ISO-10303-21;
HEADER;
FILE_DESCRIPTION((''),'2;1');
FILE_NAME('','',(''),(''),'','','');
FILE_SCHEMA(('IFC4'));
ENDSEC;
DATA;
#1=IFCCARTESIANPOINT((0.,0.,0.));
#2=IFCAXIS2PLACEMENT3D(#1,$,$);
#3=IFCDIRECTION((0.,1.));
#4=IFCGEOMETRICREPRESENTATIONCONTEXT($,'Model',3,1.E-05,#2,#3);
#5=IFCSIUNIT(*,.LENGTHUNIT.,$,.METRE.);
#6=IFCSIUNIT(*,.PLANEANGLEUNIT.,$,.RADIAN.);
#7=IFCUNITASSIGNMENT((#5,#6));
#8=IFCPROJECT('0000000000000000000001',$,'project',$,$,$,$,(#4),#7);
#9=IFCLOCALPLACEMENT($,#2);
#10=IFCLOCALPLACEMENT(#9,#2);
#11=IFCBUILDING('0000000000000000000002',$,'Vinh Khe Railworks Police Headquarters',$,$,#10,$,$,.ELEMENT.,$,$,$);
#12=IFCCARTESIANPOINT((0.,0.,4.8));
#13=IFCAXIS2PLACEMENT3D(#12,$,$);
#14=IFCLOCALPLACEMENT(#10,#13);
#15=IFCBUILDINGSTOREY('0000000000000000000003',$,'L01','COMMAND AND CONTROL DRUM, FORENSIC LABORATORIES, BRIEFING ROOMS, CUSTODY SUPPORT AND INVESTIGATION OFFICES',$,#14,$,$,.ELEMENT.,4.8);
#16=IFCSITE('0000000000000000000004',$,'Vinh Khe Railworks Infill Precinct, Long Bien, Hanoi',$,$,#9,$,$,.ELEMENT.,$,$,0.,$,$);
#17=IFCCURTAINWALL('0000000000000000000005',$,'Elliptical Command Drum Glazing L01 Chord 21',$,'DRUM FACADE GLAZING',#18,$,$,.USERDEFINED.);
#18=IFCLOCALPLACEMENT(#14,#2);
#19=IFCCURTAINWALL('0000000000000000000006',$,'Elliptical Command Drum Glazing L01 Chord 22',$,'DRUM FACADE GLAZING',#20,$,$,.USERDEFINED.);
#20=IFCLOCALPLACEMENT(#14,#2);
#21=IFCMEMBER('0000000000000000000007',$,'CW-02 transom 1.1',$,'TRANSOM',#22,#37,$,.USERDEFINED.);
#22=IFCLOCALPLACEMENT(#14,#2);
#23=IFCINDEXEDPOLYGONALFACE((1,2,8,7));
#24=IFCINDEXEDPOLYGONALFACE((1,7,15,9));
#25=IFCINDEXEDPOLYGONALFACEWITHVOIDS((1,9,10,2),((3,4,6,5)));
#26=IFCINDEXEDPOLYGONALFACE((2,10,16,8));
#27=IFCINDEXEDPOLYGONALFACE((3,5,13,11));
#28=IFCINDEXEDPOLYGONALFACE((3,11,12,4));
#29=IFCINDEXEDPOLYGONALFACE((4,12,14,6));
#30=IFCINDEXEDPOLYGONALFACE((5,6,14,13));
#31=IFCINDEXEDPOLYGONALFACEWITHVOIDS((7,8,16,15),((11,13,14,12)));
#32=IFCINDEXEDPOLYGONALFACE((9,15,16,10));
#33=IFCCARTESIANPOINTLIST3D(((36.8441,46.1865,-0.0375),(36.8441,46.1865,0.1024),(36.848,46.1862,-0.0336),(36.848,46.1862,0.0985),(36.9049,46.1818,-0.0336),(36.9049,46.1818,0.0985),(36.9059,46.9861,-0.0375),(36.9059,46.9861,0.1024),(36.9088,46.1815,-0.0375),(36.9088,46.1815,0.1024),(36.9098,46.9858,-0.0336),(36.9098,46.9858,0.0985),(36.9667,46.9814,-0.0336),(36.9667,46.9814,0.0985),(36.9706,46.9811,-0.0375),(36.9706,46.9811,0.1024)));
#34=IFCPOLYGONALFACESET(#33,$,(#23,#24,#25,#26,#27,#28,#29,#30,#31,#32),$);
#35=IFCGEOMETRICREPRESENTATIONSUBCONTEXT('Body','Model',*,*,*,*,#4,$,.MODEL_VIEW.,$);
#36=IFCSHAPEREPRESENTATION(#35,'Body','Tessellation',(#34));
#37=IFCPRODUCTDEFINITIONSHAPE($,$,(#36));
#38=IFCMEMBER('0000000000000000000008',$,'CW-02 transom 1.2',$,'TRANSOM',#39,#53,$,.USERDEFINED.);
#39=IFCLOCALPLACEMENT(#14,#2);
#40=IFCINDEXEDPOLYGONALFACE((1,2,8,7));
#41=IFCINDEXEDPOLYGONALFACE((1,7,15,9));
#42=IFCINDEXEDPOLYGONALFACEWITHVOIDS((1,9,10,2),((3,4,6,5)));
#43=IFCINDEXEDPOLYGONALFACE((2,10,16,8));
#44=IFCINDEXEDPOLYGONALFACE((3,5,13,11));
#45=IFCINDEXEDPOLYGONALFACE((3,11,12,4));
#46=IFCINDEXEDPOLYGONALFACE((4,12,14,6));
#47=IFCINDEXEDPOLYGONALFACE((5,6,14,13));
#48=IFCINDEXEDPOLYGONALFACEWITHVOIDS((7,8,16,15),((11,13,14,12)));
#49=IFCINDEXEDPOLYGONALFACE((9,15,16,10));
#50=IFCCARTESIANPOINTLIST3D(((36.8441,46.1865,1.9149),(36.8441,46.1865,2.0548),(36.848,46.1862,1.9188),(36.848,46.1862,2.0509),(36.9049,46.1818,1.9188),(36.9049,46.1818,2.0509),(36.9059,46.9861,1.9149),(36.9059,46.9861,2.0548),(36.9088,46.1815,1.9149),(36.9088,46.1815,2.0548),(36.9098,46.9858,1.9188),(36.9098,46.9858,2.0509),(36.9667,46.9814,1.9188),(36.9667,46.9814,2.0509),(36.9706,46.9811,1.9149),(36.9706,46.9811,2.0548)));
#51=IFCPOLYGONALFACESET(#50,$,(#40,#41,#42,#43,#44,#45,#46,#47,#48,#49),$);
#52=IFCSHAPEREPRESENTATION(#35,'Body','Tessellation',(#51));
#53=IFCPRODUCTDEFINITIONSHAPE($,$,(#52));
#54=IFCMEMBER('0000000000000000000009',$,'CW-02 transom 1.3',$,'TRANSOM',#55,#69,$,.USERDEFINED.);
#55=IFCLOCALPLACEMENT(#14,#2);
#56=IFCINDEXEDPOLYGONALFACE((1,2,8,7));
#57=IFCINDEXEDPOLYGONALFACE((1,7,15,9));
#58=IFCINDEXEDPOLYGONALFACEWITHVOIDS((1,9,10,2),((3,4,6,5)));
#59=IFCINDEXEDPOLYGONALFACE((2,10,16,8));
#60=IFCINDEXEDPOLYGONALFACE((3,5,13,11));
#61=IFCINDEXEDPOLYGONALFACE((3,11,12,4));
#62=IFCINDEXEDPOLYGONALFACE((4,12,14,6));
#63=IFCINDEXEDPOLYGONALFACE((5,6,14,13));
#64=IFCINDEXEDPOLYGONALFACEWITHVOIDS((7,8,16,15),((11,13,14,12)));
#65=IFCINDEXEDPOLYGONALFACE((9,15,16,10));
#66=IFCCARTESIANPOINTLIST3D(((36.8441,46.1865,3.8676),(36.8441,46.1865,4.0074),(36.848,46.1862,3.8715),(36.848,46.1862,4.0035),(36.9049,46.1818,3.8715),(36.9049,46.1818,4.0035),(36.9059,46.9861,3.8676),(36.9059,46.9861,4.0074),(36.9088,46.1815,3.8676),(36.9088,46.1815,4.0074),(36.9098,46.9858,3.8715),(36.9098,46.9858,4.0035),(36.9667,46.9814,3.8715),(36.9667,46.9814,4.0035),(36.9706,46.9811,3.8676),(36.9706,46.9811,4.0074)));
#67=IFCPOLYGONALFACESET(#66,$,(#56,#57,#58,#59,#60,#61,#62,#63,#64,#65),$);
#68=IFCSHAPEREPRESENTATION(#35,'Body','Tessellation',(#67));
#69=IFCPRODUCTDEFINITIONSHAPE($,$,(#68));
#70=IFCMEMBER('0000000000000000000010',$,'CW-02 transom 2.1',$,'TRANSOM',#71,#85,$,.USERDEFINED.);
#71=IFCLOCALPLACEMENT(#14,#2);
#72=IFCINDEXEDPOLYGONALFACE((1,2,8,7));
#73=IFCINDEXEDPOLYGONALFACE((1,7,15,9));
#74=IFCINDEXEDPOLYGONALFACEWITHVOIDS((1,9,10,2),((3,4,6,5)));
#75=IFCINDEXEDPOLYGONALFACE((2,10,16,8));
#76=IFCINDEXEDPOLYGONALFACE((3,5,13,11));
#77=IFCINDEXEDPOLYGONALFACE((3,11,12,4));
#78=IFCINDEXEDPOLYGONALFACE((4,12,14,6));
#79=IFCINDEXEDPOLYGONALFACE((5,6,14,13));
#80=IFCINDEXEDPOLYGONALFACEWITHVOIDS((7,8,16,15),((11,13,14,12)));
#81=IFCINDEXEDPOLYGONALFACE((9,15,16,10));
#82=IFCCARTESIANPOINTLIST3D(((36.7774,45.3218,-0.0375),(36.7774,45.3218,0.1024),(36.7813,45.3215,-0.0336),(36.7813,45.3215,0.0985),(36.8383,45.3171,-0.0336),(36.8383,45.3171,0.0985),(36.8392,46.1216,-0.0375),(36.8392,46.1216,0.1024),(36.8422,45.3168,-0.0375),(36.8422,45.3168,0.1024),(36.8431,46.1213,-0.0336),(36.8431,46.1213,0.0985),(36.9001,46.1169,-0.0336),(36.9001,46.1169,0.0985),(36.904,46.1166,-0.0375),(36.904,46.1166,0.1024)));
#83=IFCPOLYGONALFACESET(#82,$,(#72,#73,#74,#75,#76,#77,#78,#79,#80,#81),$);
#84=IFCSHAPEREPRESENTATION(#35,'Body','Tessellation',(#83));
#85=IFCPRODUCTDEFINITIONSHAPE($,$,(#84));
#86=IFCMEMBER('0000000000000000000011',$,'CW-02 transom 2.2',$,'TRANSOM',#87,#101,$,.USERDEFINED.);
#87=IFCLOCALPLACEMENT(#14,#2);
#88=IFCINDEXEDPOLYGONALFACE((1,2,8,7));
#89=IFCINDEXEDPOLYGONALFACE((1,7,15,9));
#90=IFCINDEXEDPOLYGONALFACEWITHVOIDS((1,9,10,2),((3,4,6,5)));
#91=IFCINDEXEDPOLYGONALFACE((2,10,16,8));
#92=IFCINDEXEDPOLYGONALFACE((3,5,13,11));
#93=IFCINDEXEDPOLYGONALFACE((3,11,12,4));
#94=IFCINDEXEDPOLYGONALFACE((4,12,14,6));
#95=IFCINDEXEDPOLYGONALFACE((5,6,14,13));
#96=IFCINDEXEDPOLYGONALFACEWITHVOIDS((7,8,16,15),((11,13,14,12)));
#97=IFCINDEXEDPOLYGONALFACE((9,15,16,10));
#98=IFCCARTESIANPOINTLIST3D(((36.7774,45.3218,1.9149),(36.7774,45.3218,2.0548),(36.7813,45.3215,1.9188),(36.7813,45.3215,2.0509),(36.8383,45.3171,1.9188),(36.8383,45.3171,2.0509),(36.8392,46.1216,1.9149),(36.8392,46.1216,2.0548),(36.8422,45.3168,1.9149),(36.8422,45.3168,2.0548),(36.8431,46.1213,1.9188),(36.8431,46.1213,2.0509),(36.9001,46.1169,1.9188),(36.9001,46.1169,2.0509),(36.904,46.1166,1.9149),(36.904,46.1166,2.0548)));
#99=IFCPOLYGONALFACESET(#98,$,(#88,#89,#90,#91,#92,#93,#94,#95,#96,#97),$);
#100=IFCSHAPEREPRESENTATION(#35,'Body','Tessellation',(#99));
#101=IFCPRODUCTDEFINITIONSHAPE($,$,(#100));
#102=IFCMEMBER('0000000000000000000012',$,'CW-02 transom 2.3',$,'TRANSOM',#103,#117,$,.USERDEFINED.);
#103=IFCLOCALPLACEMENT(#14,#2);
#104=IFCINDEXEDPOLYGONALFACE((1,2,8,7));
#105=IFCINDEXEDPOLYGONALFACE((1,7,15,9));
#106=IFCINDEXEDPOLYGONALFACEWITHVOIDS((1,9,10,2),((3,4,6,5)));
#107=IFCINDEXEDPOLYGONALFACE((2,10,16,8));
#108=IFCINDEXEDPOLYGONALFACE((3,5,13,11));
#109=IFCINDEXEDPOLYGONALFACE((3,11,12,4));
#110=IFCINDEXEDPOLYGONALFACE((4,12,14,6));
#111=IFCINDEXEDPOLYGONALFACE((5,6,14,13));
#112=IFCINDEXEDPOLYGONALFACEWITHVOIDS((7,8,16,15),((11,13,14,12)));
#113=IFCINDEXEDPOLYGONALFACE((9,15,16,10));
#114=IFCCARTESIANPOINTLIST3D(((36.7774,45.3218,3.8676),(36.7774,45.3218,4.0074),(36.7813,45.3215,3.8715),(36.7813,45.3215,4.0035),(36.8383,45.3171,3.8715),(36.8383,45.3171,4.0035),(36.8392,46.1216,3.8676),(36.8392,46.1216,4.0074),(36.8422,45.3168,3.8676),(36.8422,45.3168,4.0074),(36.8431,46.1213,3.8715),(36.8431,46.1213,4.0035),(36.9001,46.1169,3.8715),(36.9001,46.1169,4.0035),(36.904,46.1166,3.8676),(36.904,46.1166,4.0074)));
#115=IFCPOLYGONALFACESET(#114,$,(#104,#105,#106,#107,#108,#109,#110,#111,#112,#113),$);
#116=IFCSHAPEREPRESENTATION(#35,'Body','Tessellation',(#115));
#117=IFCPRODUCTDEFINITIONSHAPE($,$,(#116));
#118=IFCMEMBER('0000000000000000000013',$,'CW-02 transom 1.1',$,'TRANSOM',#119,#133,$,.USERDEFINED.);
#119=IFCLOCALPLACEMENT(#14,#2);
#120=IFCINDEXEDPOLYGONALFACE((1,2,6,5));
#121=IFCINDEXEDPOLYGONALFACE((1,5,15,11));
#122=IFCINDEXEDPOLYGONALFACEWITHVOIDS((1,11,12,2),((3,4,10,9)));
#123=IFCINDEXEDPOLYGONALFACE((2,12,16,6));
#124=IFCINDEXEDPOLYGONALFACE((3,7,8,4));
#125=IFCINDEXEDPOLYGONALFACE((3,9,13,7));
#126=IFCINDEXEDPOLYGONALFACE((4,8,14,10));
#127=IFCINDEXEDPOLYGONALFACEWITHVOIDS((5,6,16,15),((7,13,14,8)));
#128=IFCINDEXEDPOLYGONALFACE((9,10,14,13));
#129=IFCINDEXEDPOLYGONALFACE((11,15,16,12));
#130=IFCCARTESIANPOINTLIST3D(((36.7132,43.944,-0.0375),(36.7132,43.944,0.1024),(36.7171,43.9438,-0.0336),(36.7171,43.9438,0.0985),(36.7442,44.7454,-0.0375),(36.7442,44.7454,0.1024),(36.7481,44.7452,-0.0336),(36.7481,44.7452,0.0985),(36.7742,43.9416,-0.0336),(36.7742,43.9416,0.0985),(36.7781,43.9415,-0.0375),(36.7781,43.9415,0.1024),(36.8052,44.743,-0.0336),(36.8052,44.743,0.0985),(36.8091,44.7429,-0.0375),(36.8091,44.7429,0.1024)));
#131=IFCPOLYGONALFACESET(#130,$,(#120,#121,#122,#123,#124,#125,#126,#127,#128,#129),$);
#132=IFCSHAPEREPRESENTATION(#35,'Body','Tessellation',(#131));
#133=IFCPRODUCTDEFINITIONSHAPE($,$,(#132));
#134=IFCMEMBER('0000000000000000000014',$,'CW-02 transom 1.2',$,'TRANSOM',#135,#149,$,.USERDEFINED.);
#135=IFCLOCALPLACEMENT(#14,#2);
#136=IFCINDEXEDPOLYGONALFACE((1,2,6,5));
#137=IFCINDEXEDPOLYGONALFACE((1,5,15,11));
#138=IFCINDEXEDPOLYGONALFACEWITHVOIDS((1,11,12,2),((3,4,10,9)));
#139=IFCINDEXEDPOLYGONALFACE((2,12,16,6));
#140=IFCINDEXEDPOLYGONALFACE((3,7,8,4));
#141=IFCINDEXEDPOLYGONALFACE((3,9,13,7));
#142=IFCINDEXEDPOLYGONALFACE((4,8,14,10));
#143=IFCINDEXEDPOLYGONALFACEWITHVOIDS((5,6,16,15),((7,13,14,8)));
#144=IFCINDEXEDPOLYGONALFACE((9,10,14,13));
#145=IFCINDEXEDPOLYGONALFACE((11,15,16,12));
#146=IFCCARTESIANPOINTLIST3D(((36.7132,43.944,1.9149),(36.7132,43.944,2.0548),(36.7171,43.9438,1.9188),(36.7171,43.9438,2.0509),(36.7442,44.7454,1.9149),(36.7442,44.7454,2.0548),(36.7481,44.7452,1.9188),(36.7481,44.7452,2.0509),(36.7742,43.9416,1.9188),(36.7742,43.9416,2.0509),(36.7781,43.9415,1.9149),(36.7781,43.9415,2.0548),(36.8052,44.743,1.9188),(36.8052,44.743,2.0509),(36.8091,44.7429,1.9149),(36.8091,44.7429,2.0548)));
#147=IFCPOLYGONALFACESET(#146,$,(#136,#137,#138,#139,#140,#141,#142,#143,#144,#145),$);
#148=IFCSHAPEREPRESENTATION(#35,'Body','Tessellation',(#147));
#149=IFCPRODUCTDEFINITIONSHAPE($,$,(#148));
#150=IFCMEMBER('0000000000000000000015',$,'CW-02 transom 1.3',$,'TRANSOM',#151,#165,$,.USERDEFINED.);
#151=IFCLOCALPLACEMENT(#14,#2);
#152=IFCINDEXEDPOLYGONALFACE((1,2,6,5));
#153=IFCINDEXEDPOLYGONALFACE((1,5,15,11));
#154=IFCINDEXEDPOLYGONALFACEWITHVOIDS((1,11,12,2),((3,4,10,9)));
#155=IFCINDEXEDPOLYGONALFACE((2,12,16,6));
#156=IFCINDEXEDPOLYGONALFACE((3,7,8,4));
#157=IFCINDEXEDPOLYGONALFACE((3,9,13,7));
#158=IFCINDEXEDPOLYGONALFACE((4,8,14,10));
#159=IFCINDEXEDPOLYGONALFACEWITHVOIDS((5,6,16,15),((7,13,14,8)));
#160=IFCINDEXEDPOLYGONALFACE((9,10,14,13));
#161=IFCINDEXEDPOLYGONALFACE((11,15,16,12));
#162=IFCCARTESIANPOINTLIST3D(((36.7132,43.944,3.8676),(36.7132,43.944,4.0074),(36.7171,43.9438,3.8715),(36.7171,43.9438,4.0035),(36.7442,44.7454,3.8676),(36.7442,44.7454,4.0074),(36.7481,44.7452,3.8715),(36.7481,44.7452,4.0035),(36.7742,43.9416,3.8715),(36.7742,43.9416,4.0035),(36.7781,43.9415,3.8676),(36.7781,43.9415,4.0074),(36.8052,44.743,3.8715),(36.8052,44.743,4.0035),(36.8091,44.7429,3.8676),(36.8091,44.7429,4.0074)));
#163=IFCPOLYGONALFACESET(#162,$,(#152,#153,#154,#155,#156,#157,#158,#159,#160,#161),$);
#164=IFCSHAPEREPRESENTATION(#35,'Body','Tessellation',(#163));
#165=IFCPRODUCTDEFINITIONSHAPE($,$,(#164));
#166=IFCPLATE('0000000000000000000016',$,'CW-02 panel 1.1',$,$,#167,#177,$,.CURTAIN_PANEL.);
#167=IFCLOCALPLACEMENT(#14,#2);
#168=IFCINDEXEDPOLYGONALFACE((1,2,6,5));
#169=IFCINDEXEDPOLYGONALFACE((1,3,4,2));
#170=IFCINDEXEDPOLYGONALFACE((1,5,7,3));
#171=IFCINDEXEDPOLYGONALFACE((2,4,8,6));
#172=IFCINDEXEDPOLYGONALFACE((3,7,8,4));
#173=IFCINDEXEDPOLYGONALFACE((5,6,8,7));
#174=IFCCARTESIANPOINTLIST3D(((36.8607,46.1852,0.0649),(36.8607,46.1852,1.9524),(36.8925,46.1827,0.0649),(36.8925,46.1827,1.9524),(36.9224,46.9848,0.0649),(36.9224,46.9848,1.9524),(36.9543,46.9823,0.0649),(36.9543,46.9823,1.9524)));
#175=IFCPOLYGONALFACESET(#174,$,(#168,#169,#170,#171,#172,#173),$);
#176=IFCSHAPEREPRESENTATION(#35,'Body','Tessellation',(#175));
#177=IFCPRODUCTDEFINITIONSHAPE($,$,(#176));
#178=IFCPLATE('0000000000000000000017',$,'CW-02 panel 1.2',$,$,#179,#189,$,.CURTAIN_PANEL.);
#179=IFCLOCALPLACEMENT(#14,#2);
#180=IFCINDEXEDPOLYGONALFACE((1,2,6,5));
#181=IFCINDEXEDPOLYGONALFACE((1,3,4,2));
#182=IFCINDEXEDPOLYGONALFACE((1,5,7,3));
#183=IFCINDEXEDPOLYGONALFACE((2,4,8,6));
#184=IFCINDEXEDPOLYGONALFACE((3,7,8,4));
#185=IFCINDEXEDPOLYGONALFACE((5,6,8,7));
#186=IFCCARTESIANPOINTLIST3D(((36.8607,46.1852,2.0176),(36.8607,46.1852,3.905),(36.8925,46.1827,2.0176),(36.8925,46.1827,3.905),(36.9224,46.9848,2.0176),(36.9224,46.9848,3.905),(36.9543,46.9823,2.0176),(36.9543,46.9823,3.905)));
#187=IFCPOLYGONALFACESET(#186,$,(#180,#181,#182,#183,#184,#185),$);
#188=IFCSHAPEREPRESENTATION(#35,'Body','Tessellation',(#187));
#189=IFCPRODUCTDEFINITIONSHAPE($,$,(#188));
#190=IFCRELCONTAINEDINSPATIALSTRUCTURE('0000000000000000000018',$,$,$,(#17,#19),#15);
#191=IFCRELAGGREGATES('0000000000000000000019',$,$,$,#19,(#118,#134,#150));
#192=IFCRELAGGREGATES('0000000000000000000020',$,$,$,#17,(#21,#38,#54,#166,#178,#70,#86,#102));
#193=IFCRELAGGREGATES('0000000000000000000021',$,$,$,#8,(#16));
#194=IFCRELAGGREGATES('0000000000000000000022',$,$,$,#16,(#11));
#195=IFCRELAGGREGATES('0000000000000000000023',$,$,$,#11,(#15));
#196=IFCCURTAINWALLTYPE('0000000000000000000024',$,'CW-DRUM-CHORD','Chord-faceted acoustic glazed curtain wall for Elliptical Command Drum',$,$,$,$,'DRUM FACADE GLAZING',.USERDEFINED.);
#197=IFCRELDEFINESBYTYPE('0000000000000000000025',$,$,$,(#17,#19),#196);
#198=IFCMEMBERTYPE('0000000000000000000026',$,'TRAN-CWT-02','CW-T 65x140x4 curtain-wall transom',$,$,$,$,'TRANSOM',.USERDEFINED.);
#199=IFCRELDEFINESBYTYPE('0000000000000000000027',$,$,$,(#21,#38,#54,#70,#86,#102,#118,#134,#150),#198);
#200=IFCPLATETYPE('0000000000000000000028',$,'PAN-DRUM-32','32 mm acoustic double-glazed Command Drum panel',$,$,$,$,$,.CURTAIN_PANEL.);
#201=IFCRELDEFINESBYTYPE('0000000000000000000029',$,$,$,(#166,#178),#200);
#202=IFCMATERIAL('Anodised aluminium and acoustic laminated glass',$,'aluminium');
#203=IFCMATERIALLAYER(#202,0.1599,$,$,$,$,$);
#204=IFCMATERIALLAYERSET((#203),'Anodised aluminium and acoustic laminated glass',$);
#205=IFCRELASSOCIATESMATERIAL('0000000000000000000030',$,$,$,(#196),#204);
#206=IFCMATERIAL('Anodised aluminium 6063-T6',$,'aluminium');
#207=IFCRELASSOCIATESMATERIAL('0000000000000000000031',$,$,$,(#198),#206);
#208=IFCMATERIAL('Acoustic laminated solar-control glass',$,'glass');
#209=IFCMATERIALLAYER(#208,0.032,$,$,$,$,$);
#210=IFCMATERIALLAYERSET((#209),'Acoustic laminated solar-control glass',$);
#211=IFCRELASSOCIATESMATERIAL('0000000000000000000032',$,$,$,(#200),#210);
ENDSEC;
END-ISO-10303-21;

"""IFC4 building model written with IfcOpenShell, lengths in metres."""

from ifc_helpers import new_model, si_unit, direction, frame, origin, origin_2d, place, context, subcontext, project, spatial, rectangle, hollow_rectangle, extrude, material, layer, layer_set, material_profile, profile_set, type_object, element, aggregate, save


model = new_model("IFC4")

# Units and contexts
model_context = context("Model", 3, precision=1e-05, world=origin(), true_north=direction((0.0, 1.0)))
body_context = subcontext(model_context, "Body", "Model", "MODEL_VIEW")
ifc_project = project(units=[si_unit("LENGTHUNIT", "METRE"), si_unit("PLANEANGLEUNIT", "RADIAN")], contexts=[model_context])

# Site, building, storey
site_placement = place(None, origin())
site = spatial("IfcSite", under=ifc_project, at=site_placement, Name="Vinh Khe Railworks Infill Precinct, Long Bien, Hanoi", CompositionType="ELEMENT", RefElevation=0.0)
building_placement = place(site_placement, origin())
building = spatial("IfcBuilding", under=site, at=building_placement, Name="Vinh Khe Railworks Police Headquarters", CompositionType="ELEMENT")
storey_placement = place(building_placement, frame((0.0, 0.0, 4.8)))
storey = spatial("IfcBuildingStorey", under=building, at=storey_placement, Name="L01", Description="COMMAND AND CONTROL DRUM, FORENSIC LABORATORIES, BRIEFING ROOMS, CUSTODY SUPPORT AND INVESTIGATION OFFICES", CompositionType="ELEMENT", Elevation=4.8)

# Curtain wall
ifc_material_1 = material(Name="Anodised aluminium and acoustic laminated glass", Category="aluminium")
ifc_layer_1 = layer(ifc_material_1, 0.1599)
ifc_layer_set_1 = layer_set([ifc_layer_1], Name="Anodised aluminium and acoustic laminated glass")
curtain_wall_type = type_object("IfcCurtainWallType", Name="CW-DRUM-CHORD", Description="Chord-faceted acoustic glazed curtain wall for Elliptical Command Drum", ElementType="DRUM FACADE GLAZING", PredefinedType="USERDEFINED", material=ifc_layer_set_1)
curtain_wall_1_placement = place(storey_placement, origin())
curtain_wall_1 = element("IfcCurtainWall", 1, at=curtain_wall_1_placement, inside=storey, type_object=curtain_wall_type, Name="Elliptical Command Drum Glazing L01 Chord 21", ObjectType="DRUM FACADE GLAZING", PredefinedType="USERDEFINED")
ifc_material_2 = material(Name="Anodised aluminium 6063-T6", Category="aluminium")

# Curtain wall
curtain_wall_2_placement = place(storey_placement, origin())
curtain_wall_2 = element("IfcCurtainWall", 2, at=curtain_wall_2_placement, inside=storey, type_object=curtain_wall_type, Name="Elliptical Command Drum Glazing L01 Chord 22", ObjectType="DRUM FACADE GLAZING", PredefinedType="USERDEFINED")

# Members
ifc_material_profile_1 = material_profile(ifc_material_2, hollow_rectangle(XDim=0.0649, YDim=0.1399, WallThickness=0.0039, at=origin_2d()), Name="CW-T 65x140x4")
ifc_profile_set_1 = profile_set([ifc_material_profile_1], Name="Anodised aluminium 6063-T6")
member_type_1 = type_object("IfcMemberType", Name="TRAN-CWT-02", Description="CW-T 65x140x4 curtain-wall transom", ElementType="TRANSOM", PredefinedType="USERDEFINED", material=ifc_profile_set_1)
member_1_placement = place(storey_placement, frame((36.9382, 46.9836, 0.0325), z_axis=(-0.077022, -0.997029, 0.0), x_axis=(0.997029, -0.077022, 0.0)))
member_1 = element("IfcMember", 3, at=member_1_placement, type_object=member_type_1, Name="CW-02 transom 1.1", ObjectType="TRANSOM", PredefinedType="USERDEFINED", context=body_context, shape_type="SweptSolid", body=[
    extrude(hollow_rectangle(XDim=0.0649, YDim=0.1399, WallThickness=0.0039, at=origin_2d()), origin(), (0.0, 0.0, 1.0), 0.802),
])
member_2_placement = place(storey_placement, frame((36.9382, 46.9836, 1.9849), z_axis=(-0.077022, -0.997029, 0.0), x_axis=(0.997029, -0.077022, 0.0)))
member_2 = element("IfcMember", 4, at=member_2_placement, type_object=member_type_1, Name="CW-02 transom 1.2", ObjectType="TRANSOM", PredefinedType="USERDEFINED", context=body_context, shape_type="SweptSolid", body=[
    extrude(hollow_rectangle(XDim=0.0649, YDim=0.1399, WallThickness=0.0039, at=origin_2d()), origin(), (0.0, 0.0, 1.0), 0.802),
])
member_3_placement = place(storey_placement, frame((36.9382, 46.9836, 3.9375), z_axis=(-0.077022, -0.997029, 0.0), x_axis=(0.997029, -0.077022, 0.0)))
member_3 = element("IfcMember", 5, at=member_3_placement, type_object=member_type_1, Name="CW-02 transom 1.3", ObjectType="TRANSOM", PredefinedType="USERDEFINED", context=body_context, shape_type="SweptSolid", body=[
    extrude(hollow_rectangle(XDim=0.0649, YDim=0.1399, WallThickness=0.0039, at=origin_2d()), origin(), (0.0, 0.0, 1.0), 0.802),
])
member_4_placement = place(storey_placement, frame((36.8716, 46.1191, 0.0325), z_axis=(-0.076999, -0.997031, 0.0), x_axis=(0.997031, -0.076999, 0.0)))
member_4 = element("IfcMember", 6, at=member_4_placement, type_object=member_type_1, Name="CW-02 transom 2.1", ObjectType="TRANSOM", PredefinedType="USERDEFINED", context=body_context, shape_type="SweptSolid", body=[
    extrude(hollow_rectangle(XDim=0.0649, YDim=0.1399, WallThickness=0.0039, at=origin_2d()), origin(), (0.0, 0.0, 1.0), 0.8022),
])
member_5_placement = place(storey_placement, frame((36.8716, 46.1191, 1.9849), z_axis=(-0.076999, -0.997031, 0.0), x_axis=(0.997031, -0.076999, 0.0)))
member_5 = element("IfcMember", 7, at=member_5_placement, type_object=member_type_1, Name="CW-02 transom 2.2", ObjectType="TRANSOM", PredefinedType="USERDEFINED", context=body_context, shape_type="SweptSolid", body=[
    extrude(hollow_rectangle(XDim=0.0649, YDim=0.1399, WallThickness=0.0039, at=origin_2d()), origin(), (0.0, 0.0, 1.0), 0.8022),
])
member_6_placement = place(storey_placement, frame((36.8716, 46.1191, 3.9375), z_axis=(-0.076999, -0.997031, 0.0), x_axis=(0.997031, -0.076999, 0.0)))
member_6 = element("IfcMember", 8, at=member_6_placement, type_object=member_type_1, Name="CW-02 transom 2.3", ObjectType="TRANSOM", PredefinedType="USERDEFINED", context=body_context, shape_type="SweptSolid", body=[
    extrude(hollow_rectangle(XDim=0.0649, YDim=0.1399, WallThickness=0.0039, at=origin_2d()), origin(), (0.0, 0.0, 1.0), 0.8022),
])
member_7_placement = place(storey_placement, frame((36.7766, 44.7441, 0.0325), z_axis=(-0.038655, -0.999253, 0.0), x_axis=(0.999253, -0.038655, 0.0)))
member_7 = element("IfcMember", 9, at=member_7_placement, type_object=member_type_1, Name="CW-02 transom 1.1", ObjectType="TRANSOM", PredefinedType="USERDEFINED", context=body_context, shape_type="SweptSolid", body=[
    extrude(hollow_rectangle(XDim=0.0649, YDim=0.1399, WallThickness=0.0039, at=origin_2d()), origin(), (0.0, 0.0, 1.0), 0.802),
])
member_8_placement = place(storey_placement, frame((36.7766, 44.7441, 1.9849), z_axis=(-0.038655, -0.999253, 0.0), x_axis=(0.999253, -0.038655, 0.0)))
member_8 = element("IfcMember", 10, at=member_8_placement, type_object=member_type_1, Name="CW-02 transom 1.2", ObjectType="TRANSOM", PredefinedType="USERDEFINED", context=body_context, shape_type="SweptSolid", body=[
    extrude(hollow_rectangle(XDim=0.0649, YDim=0.1399, WallThickness=0.0039, at=origin_2d()), origin(), (0.0, 0.0, 1.0), 0.802),
])
member_9_placement = place(storey_placement, frame((36.7766, 44.7441, 3.9375), z_axis=(-0.038655, -0.999253, 0.0), x_axis=(0.999253, -0.038655, 0.0)))
member_9 = element("IfcMember", 11, at=member_9_placement, type_object=member_type_1, Name="CW-02 transom 1.3", ObjectType="TRANSOM", PredefinedType="USERDEFINED", context=body_context, shape_type="SweptSolid", body=[
    extrude(hollow_rectangle(XDim=0.0649, YDim=0.1399, WallThickness=0.0039, at=origin_2d()), origin(), (0.0, 0.0, 1.0), 0.802),
])
aggregate(curtain_wall_2, [member_7, member_8, member_9])

# Plates
ifc_material_3 = material(Name="Acoustic laminated solar-control glass", Category="glass")
ifc_layer_2 = layer(ifc_material_3, 0.032)
ifc_layer_set_2 = layer_set([ifc_layer_2], Name="Acoustic laminated solar-control glass")
plate_type_1 = type_object("IfcPlateType", Name="PAN-DRUM-32", Description="32 mm acoustic double-glazed Command Drum panel", PredefinedType="CURTAIN_PANEL", material=ifc_layer_set_2)
plate_1_placement = place(storey_placement, frame((36.9075, 46.5837, 0.0649), z_axis=(0.0, 0.0, 1.0), x_axis=(-0.076972, -0.997033, 0.0)))
plate_1 = element("IfcPlate", 12, at=plate_1_placement, type_object=plate_type_1, Name="CW-02 panel 1.1", PredefinedType="CURTAIN_PANEL", context=body_context, shape_type="SweptSolid", body=[
    extrude(rectangle(XDim=0.802, YDim=0.032, at=origin_2d()), origin(), (0.0, 0.0, 1.0), 1.8875),
])
plate_2_placement = place(storey_placement, frame((36.9075, 46.5837, 2.0176), z_axis=(0.0, 0.0, 1.0), x_axis=(-0.076972, -0.997033, 0.0)))
plate_2 = element("IfcPlate", 13, at=plate_2_placement, type_object=plate_type_1, Name="CW-02 panel 1.2", PredefinedType="CURTAIN_PANEL", context=body_context, shape_type="SweptSolid", body=[
    extrude(rectangle(XDim=0.802, YDim=0.032, at=origin_2d()), origin(), (0.0, 0.0, 1.0), 1.8875),
])
aggregate(curtain_wall_1, [member_1, member_2, member_3, plate_1, plate_2, member_4, member_5, member_6])

save(model, "model.ifc")
